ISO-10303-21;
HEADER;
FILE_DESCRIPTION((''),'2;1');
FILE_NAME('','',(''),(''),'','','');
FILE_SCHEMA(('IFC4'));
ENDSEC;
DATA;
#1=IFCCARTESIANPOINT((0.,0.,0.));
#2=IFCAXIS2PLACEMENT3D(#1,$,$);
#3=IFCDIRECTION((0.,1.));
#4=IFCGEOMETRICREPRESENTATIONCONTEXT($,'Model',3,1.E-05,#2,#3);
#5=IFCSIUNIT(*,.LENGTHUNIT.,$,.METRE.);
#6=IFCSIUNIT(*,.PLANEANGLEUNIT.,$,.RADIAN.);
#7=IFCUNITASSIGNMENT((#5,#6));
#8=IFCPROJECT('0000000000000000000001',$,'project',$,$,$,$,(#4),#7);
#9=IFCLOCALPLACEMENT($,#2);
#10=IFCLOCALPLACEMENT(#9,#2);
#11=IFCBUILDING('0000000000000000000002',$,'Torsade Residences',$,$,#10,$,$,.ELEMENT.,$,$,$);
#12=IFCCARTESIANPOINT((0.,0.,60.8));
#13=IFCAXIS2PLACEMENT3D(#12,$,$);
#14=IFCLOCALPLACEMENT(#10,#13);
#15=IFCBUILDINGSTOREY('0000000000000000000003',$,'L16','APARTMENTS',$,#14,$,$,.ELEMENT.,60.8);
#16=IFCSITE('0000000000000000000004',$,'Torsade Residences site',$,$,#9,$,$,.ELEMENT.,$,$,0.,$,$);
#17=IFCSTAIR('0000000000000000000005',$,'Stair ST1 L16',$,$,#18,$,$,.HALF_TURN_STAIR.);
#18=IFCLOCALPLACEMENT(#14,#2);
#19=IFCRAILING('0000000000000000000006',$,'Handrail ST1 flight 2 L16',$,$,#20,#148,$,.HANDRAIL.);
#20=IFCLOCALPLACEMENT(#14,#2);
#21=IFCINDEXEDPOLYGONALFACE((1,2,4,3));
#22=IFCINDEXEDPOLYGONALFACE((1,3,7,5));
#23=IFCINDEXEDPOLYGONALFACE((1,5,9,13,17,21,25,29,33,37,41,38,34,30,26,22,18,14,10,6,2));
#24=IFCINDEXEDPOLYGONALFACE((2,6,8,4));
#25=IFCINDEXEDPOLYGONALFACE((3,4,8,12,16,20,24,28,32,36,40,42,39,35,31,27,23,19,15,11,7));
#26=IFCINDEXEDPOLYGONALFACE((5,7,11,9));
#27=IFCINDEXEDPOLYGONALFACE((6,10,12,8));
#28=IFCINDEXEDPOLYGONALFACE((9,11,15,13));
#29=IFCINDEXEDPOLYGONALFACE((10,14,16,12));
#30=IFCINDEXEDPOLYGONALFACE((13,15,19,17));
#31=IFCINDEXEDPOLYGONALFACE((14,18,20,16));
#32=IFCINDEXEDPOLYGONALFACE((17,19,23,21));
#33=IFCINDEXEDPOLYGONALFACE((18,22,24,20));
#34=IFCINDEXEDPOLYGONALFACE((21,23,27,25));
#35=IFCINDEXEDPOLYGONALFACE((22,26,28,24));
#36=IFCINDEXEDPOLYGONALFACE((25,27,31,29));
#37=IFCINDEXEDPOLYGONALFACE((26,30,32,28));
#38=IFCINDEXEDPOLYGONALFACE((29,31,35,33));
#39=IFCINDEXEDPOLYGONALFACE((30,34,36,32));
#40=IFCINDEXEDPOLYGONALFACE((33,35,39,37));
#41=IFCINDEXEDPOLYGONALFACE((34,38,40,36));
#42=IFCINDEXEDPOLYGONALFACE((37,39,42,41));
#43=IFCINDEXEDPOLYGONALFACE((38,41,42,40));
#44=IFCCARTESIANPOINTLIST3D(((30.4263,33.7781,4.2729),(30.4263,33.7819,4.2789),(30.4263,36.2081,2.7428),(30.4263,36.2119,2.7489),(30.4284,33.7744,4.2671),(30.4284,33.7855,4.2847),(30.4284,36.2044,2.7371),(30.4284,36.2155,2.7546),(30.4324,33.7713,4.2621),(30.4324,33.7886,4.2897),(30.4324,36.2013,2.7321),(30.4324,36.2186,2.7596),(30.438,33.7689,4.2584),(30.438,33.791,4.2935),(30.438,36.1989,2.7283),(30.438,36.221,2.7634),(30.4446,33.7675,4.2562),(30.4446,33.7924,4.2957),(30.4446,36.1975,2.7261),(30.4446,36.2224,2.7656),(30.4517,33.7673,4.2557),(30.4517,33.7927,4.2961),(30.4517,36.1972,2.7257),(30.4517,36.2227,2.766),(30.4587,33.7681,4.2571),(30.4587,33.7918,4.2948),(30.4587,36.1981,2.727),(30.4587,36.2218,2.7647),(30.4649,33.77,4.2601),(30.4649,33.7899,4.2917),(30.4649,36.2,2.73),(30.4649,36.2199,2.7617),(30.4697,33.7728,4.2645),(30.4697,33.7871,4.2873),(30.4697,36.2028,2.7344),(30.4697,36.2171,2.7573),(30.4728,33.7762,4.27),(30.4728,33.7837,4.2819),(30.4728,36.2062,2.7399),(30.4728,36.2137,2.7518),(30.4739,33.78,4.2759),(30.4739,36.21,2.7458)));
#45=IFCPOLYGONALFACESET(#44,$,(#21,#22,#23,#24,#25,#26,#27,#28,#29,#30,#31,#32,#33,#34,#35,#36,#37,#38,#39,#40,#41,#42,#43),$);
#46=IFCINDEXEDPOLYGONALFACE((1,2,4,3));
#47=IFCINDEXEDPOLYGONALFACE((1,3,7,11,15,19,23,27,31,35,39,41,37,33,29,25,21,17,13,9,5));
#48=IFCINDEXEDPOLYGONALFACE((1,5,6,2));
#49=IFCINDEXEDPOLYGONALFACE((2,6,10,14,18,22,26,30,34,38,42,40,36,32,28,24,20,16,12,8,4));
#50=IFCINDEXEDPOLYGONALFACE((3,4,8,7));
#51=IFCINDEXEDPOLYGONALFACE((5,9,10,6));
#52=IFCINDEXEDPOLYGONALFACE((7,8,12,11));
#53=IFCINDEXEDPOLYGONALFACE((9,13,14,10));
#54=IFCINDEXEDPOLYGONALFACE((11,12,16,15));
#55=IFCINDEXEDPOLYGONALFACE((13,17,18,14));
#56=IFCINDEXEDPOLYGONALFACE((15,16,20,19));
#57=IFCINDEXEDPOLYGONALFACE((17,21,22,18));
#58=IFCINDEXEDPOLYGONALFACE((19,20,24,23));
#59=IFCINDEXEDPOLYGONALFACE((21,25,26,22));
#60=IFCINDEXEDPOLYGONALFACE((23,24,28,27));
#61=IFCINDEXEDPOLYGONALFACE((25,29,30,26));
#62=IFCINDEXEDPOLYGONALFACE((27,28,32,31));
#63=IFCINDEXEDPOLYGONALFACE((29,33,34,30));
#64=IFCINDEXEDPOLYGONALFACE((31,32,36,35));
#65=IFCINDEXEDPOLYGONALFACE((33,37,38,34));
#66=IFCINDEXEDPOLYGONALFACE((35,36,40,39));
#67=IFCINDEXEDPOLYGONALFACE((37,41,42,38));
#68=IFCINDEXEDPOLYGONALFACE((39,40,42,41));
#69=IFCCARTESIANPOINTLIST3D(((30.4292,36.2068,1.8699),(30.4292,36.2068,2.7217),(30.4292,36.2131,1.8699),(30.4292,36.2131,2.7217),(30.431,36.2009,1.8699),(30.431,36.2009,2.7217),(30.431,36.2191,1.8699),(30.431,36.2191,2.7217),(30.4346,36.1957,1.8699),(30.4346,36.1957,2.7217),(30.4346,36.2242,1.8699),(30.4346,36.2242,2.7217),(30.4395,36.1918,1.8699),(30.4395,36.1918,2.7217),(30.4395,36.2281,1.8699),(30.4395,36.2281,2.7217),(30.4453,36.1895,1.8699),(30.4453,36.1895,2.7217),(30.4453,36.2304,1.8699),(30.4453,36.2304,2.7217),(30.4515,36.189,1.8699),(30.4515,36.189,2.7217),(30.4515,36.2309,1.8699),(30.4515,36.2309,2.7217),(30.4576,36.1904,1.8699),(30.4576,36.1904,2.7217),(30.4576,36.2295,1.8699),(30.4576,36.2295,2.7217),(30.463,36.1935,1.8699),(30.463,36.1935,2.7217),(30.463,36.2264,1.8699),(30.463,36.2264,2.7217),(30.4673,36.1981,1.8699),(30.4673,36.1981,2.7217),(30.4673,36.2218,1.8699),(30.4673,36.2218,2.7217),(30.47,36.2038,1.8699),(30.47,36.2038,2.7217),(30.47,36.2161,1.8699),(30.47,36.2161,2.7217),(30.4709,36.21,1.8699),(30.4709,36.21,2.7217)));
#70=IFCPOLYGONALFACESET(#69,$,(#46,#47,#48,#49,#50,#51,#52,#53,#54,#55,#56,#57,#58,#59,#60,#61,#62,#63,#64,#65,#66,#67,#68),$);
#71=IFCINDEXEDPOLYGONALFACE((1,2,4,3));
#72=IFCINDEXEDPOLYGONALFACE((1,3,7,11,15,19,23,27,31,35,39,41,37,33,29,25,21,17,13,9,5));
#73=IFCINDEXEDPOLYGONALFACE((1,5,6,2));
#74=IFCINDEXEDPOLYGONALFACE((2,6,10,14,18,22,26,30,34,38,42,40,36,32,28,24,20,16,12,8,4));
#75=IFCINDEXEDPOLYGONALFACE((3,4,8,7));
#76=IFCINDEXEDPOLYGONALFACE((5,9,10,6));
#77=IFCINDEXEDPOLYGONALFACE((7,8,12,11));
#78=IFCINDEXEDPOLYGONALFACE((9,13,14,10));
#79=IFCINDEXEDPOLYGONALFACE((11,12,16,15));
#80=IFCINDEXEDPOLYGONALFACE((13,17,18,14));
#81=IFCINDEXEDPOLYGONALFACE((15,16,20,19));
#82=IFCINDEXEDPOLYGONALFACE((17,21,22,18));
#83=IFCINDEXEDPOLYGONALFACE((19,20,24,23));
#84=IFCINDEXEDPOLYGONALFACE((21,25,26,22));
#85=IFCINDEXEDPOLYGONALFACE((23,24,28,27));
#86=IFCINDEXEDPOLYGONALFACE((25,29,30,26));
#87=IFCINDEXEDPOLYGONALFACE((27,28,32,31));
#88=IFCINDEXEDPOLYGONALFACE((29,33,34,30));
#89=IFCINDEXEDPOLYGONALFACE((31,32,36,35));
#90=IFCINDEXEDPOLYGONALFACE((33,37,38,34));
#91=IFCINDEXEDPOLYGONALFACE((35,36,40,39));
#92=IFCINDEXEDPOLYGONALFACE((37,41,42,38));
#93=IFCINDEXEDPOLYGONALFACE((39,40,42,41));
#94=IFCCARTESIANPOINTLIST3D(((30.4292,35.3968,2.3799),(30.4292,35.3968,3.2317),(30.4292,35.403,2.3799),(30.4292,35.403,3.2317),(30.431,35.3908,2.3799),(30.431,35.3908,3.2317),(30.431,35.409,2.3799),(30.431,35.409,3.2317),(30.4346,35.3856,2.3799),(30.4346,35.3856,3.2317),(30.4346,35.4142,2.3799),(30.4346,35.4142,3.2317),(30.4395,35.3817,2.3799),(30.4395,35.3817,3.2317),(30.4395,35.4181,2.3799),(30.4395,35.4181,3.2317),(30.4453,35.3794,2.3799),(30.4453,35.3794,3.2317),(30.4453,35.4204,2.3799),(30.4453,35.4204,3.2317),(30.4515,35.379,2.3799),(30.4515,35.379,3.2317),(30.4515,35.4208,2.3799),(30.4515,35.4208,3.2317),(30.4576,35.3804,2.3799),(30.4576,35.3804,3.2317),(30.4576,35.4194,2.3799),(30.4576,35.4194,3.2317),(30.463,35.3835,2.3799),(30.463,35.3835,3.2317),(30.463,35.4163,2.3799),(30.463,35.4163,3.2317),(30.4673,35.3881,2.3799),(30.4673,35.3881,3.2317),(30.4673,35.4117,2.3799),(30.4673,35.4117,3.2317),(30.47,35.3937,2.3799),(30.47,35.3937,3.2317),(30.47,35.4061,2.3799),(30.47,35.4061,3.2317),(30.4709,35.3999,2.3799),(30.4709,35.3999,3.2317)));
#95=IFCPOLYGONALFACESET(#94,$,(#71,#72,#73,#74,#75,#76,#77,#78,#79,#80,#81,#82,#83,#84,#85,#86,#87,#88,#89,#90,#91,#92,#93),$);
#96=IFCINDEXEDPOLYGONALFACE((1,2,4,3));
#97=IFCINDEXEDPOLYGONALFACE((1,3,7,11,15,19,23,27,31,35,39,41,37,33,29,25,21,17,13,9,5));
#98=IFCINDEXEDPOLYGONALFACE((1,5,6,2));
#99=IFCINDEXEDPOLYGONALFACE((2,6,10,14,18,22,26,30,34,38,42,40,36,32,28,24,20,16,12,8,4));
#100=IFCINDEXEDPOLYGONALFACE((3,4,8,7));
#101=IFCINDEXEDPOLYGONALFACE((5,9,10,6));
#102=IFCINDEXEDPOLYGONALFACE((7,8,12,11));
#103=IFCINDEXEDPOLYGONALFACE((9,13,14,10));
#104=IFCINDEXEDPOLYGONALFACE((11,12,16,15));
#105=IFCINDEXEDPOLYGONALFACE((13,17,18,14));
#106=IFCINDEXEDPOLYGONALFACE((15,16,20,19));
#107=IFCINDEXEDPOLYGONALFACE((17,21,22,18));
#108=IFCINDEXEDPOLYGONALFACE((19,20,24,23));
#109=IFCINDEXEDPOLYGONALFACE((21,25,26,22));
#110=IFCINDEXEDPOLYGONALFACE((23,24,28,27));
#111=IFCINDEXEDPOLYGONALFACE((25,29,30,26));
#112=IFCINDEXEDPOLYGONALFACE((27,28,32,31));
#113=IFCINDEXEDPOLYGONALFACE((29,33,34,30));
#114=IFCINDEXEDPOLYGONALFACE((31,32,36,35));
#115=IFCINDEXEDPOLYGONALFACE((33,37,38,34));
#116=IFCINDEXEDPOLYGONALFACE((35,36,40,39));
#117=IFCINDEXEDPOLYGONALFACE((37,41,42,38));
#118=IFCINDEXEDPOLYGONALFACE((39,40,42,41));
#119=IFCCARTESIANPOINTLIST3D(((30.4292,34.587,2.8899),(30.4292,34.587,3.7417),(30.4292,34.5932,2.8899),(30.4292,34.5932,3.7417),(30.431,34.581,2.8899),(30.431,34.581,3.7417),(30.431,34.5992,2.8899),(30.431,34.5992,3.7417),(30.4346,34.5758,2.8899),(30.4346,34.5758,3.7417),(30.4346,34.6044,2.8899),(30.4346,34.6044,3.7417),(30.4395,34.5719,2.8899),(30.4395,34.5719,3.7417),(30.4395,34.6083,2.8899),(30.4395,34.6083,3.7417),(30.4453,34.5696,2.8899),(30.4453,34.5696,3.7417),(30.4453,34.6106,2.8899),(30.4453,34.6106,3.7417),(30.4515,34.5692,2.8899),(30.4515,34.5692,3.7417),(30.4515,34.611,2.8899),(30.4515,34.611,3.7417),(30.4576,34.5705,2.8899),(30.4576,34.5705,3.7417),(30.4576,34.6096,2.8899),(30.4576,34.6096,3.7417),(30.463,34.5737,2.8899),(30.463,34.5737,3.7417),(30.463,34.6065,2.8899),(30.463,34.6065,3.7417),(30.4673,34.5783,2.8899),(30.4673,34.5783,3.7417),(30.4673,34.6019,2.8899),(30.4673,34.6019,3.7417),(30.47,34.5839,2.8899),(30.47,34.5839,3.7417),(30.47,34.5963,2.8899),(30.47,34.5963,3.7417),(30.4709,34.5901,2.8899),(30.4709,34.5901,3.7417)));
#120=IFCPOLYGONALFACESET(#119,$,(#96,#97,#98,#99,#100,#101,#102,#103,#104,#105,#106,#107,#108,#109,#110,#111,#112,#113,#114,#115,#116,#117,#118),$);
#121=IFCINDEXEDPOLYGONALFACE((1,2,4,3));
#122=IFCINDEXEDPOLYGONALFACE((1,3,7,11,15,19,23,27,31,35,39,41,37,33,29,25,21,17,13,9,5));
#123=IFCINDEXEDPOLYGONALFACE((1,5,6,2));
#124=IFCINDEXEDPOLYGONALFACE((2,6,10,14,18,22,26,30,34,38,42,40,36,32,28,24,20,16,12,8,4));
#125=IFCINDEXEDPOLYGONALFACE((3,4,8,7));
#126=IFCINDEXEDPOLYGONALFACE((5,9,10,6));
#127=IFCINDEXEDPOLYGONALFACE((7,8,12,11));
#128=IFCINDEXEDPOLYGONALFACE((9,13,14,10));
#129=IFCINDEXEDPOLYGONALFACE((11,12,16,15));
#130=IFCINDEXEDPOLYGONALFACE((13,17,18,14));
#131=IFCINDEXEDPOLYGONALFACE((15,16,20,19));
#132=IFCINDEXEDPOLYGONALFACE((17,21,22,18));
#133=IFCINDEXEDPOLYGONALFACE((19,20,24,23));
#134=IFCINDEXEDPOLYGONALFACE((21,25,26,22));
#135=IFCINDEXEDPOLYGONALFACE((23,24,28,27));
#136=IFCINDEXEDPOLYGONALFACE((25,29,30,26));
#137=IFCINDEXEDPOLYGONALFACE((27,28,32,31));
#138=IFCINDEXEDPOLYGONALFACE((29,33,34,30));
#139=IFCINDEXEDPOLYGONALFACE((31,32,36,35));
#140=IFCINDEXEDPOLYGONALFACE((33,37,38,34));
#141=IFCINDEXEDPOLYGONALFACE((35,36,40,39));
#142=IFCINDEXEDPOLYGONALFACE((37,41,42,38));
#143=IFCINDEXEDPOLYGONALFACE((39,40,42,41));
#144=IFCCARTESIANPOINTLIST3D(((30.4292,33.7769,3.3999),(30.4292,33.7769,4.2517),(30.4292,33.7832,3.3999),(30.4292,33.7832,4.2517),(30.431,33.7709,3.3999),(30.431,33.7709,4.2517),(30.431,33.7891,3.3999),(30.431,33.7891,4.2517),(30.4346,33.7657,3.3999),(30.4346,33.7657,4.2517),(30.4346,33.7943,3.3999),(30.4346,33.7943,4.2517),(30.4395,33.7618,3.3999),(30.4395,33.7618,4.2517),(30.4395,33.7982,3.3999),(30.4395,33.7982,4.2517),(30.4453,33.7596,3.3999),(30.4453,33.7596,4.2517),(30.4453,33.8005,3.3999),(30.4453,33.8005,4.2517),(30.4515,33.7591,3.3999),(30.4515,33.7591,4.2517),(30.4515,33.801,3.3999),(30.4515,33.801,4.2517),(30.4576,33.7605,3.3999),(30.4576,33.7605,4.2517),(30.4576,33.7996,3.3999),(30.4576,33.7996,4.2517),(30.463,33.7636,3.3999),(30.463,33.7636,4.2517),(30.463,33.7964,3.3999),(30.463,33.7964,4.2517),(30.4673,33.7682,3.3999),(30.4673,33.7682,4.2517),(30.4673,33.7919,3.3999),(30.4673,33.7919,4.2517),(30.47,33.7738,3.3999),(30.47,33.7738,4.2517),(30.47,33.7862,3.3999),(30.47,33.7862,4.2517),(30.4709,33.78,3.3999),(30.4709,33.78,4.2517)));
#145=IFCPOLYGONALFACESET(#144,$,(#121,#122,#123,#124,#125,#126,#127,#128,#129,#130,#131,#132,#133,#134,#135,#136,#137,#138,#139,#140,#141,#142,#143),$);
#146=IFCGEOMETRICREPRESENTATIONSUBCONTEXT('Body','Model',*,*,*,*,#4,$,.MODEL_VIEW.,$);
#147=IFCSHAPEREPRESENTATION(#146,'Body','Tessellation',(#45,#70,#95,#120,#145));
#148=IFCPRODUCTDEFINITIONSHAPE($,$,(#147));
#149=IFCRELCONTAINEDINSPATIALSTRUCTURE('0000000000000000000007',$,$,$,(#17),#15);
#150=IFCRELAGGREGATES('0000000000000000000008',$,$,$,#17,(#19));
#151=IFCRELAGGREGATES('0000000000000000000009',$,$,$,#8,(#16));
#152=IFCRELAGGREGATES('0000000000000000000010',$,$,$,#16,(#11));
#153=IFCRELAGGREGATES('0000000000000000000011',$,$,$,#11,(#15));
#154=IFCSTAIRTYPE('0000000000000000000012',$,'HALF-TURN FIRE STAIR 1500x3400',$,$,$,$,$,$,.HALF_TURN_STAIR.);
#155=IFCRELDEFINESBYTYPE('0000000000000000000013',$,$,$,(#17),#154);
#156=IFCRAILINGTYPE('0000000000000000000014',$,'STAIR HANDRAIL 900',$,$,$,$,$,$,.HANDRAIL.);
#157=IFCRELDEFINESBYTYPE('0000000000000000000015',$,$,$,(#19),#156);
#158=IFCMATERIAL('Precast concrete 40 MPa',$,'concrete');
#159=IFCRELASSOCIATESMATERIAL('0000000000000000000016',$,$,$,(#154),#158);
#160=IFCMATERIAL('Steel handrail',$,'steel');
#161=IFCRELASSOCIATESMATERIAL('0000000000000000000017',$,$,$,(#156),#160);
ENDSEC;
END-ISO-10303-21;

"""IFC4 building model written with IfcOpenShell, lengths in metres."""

from ifc_helpers import new_model, si_unit, direction, frame, origin, origin_2d, place, context, subcontext, project, spatial, circle, extrude, material, type_object, element, aggregate, save


model = new_model("IFC4")

# Units and contexts
model_context = context("Model", 3, precision=1e-05, world=origin(), true_north=direction((0.0, 1.0)))
body_context = subcontext(model_context, "Body", "Model", "MODEL_VIEW")
ifc_project = project(units=[si_unit("LENGTHUNIT", "METRE"), si_unit("PLANEANGLEUNIT", "RADIAN")], contexts=[model_context])

# Site, building, storey
site_placement = place(None, origin())
site = spatial("IfcSite", under=ifc_project, at=site_placement, Name="Torsade Residences site", CompositionType="ELEMENT", RefElevation=0.0)
building_placement = place(site_placement, origin())
building = spatial("IfcBuilding", under=site, at=building_placement, Name="Torsade Residences", CompositionType="ELEMENT")
storey_placement = place(building_placement, frame((0.0, 0.0, 60.8)))
storey = spatial("IfcBuildingStorey", under=building, at=storey_placement, Name="L16", Description="APARTMENTS", CompositionType="ELEMENT", Elevation=60.8)

# Stair, railing
ifc_material_1 = material(Name="Precast concrete 40 MPa", Category="concrete")
stair_type = type_object("IfcStairType", Name="HALF-TURN FIRE STAIR 1500x3400", PredefinedType="HALF_TURN_STAIR", material=ifc_material_1)
stair_placement = place(storey_placement, origin())
stair = element("IfcStair", 1, at=stair_placement, inside=storey, type_object=stair_type, Name="Stair ST1 L16", PredefinedType="HALF_TURN_STAIR")
ifc_material_2 = material(Name="Steel handrail", Category="steel")
railing_type = type_object("IfcRailingType", Name="STAIR HANDRAIL 900", PredefinedType="HANDRAIL", material=ifc_material_2)
railing_1_placement = place(storey_placement, frame((30.45, 36.21, 1.8699)))
railing_1 = element("IfcRailing", 2, at=railing_1_placement, type_object=railing_type, Name="Handrail ST1 flight 2 L16", PredefinedType="HANDRAIL", context=body_context, shape_type="SweptSolid", body=[
    extrude(circle(Radius=0.0239, at=origin_2d()), frame((0.0, 0.0, 0.876), z_axis=(0.0, -0.846221, 0.532831), x_axis=(1.0, 0.0, 0.0)), (0.0, 0.0, 1.0), 2.8716),
    extrude(circle(Radius=0.021, at=origin_2d()), origin(), (0.0, 0.0, 1.0), 0.8518),
    extrude(circle(Radius=0.021, at=origin_2d()), frame((0.0, -0.8101, 0.51)), (0.0, 0.0, 1.0), 0.8518),
    extrude(circle(Radius=0.021, at=origin_2d()), frame((0.0, -1.6199, 1.02)), (0.0, 0.0, 1.0), 0.8518),
    extrude(circle(Radius=0.021, at=origin_2d()), frame((0.0, -2.4299, 1.53)), (0.0, 0.0, 1.0), 0.8518),
])
aggregate(stair, [railing_1])

save(model, "model.ifc")
